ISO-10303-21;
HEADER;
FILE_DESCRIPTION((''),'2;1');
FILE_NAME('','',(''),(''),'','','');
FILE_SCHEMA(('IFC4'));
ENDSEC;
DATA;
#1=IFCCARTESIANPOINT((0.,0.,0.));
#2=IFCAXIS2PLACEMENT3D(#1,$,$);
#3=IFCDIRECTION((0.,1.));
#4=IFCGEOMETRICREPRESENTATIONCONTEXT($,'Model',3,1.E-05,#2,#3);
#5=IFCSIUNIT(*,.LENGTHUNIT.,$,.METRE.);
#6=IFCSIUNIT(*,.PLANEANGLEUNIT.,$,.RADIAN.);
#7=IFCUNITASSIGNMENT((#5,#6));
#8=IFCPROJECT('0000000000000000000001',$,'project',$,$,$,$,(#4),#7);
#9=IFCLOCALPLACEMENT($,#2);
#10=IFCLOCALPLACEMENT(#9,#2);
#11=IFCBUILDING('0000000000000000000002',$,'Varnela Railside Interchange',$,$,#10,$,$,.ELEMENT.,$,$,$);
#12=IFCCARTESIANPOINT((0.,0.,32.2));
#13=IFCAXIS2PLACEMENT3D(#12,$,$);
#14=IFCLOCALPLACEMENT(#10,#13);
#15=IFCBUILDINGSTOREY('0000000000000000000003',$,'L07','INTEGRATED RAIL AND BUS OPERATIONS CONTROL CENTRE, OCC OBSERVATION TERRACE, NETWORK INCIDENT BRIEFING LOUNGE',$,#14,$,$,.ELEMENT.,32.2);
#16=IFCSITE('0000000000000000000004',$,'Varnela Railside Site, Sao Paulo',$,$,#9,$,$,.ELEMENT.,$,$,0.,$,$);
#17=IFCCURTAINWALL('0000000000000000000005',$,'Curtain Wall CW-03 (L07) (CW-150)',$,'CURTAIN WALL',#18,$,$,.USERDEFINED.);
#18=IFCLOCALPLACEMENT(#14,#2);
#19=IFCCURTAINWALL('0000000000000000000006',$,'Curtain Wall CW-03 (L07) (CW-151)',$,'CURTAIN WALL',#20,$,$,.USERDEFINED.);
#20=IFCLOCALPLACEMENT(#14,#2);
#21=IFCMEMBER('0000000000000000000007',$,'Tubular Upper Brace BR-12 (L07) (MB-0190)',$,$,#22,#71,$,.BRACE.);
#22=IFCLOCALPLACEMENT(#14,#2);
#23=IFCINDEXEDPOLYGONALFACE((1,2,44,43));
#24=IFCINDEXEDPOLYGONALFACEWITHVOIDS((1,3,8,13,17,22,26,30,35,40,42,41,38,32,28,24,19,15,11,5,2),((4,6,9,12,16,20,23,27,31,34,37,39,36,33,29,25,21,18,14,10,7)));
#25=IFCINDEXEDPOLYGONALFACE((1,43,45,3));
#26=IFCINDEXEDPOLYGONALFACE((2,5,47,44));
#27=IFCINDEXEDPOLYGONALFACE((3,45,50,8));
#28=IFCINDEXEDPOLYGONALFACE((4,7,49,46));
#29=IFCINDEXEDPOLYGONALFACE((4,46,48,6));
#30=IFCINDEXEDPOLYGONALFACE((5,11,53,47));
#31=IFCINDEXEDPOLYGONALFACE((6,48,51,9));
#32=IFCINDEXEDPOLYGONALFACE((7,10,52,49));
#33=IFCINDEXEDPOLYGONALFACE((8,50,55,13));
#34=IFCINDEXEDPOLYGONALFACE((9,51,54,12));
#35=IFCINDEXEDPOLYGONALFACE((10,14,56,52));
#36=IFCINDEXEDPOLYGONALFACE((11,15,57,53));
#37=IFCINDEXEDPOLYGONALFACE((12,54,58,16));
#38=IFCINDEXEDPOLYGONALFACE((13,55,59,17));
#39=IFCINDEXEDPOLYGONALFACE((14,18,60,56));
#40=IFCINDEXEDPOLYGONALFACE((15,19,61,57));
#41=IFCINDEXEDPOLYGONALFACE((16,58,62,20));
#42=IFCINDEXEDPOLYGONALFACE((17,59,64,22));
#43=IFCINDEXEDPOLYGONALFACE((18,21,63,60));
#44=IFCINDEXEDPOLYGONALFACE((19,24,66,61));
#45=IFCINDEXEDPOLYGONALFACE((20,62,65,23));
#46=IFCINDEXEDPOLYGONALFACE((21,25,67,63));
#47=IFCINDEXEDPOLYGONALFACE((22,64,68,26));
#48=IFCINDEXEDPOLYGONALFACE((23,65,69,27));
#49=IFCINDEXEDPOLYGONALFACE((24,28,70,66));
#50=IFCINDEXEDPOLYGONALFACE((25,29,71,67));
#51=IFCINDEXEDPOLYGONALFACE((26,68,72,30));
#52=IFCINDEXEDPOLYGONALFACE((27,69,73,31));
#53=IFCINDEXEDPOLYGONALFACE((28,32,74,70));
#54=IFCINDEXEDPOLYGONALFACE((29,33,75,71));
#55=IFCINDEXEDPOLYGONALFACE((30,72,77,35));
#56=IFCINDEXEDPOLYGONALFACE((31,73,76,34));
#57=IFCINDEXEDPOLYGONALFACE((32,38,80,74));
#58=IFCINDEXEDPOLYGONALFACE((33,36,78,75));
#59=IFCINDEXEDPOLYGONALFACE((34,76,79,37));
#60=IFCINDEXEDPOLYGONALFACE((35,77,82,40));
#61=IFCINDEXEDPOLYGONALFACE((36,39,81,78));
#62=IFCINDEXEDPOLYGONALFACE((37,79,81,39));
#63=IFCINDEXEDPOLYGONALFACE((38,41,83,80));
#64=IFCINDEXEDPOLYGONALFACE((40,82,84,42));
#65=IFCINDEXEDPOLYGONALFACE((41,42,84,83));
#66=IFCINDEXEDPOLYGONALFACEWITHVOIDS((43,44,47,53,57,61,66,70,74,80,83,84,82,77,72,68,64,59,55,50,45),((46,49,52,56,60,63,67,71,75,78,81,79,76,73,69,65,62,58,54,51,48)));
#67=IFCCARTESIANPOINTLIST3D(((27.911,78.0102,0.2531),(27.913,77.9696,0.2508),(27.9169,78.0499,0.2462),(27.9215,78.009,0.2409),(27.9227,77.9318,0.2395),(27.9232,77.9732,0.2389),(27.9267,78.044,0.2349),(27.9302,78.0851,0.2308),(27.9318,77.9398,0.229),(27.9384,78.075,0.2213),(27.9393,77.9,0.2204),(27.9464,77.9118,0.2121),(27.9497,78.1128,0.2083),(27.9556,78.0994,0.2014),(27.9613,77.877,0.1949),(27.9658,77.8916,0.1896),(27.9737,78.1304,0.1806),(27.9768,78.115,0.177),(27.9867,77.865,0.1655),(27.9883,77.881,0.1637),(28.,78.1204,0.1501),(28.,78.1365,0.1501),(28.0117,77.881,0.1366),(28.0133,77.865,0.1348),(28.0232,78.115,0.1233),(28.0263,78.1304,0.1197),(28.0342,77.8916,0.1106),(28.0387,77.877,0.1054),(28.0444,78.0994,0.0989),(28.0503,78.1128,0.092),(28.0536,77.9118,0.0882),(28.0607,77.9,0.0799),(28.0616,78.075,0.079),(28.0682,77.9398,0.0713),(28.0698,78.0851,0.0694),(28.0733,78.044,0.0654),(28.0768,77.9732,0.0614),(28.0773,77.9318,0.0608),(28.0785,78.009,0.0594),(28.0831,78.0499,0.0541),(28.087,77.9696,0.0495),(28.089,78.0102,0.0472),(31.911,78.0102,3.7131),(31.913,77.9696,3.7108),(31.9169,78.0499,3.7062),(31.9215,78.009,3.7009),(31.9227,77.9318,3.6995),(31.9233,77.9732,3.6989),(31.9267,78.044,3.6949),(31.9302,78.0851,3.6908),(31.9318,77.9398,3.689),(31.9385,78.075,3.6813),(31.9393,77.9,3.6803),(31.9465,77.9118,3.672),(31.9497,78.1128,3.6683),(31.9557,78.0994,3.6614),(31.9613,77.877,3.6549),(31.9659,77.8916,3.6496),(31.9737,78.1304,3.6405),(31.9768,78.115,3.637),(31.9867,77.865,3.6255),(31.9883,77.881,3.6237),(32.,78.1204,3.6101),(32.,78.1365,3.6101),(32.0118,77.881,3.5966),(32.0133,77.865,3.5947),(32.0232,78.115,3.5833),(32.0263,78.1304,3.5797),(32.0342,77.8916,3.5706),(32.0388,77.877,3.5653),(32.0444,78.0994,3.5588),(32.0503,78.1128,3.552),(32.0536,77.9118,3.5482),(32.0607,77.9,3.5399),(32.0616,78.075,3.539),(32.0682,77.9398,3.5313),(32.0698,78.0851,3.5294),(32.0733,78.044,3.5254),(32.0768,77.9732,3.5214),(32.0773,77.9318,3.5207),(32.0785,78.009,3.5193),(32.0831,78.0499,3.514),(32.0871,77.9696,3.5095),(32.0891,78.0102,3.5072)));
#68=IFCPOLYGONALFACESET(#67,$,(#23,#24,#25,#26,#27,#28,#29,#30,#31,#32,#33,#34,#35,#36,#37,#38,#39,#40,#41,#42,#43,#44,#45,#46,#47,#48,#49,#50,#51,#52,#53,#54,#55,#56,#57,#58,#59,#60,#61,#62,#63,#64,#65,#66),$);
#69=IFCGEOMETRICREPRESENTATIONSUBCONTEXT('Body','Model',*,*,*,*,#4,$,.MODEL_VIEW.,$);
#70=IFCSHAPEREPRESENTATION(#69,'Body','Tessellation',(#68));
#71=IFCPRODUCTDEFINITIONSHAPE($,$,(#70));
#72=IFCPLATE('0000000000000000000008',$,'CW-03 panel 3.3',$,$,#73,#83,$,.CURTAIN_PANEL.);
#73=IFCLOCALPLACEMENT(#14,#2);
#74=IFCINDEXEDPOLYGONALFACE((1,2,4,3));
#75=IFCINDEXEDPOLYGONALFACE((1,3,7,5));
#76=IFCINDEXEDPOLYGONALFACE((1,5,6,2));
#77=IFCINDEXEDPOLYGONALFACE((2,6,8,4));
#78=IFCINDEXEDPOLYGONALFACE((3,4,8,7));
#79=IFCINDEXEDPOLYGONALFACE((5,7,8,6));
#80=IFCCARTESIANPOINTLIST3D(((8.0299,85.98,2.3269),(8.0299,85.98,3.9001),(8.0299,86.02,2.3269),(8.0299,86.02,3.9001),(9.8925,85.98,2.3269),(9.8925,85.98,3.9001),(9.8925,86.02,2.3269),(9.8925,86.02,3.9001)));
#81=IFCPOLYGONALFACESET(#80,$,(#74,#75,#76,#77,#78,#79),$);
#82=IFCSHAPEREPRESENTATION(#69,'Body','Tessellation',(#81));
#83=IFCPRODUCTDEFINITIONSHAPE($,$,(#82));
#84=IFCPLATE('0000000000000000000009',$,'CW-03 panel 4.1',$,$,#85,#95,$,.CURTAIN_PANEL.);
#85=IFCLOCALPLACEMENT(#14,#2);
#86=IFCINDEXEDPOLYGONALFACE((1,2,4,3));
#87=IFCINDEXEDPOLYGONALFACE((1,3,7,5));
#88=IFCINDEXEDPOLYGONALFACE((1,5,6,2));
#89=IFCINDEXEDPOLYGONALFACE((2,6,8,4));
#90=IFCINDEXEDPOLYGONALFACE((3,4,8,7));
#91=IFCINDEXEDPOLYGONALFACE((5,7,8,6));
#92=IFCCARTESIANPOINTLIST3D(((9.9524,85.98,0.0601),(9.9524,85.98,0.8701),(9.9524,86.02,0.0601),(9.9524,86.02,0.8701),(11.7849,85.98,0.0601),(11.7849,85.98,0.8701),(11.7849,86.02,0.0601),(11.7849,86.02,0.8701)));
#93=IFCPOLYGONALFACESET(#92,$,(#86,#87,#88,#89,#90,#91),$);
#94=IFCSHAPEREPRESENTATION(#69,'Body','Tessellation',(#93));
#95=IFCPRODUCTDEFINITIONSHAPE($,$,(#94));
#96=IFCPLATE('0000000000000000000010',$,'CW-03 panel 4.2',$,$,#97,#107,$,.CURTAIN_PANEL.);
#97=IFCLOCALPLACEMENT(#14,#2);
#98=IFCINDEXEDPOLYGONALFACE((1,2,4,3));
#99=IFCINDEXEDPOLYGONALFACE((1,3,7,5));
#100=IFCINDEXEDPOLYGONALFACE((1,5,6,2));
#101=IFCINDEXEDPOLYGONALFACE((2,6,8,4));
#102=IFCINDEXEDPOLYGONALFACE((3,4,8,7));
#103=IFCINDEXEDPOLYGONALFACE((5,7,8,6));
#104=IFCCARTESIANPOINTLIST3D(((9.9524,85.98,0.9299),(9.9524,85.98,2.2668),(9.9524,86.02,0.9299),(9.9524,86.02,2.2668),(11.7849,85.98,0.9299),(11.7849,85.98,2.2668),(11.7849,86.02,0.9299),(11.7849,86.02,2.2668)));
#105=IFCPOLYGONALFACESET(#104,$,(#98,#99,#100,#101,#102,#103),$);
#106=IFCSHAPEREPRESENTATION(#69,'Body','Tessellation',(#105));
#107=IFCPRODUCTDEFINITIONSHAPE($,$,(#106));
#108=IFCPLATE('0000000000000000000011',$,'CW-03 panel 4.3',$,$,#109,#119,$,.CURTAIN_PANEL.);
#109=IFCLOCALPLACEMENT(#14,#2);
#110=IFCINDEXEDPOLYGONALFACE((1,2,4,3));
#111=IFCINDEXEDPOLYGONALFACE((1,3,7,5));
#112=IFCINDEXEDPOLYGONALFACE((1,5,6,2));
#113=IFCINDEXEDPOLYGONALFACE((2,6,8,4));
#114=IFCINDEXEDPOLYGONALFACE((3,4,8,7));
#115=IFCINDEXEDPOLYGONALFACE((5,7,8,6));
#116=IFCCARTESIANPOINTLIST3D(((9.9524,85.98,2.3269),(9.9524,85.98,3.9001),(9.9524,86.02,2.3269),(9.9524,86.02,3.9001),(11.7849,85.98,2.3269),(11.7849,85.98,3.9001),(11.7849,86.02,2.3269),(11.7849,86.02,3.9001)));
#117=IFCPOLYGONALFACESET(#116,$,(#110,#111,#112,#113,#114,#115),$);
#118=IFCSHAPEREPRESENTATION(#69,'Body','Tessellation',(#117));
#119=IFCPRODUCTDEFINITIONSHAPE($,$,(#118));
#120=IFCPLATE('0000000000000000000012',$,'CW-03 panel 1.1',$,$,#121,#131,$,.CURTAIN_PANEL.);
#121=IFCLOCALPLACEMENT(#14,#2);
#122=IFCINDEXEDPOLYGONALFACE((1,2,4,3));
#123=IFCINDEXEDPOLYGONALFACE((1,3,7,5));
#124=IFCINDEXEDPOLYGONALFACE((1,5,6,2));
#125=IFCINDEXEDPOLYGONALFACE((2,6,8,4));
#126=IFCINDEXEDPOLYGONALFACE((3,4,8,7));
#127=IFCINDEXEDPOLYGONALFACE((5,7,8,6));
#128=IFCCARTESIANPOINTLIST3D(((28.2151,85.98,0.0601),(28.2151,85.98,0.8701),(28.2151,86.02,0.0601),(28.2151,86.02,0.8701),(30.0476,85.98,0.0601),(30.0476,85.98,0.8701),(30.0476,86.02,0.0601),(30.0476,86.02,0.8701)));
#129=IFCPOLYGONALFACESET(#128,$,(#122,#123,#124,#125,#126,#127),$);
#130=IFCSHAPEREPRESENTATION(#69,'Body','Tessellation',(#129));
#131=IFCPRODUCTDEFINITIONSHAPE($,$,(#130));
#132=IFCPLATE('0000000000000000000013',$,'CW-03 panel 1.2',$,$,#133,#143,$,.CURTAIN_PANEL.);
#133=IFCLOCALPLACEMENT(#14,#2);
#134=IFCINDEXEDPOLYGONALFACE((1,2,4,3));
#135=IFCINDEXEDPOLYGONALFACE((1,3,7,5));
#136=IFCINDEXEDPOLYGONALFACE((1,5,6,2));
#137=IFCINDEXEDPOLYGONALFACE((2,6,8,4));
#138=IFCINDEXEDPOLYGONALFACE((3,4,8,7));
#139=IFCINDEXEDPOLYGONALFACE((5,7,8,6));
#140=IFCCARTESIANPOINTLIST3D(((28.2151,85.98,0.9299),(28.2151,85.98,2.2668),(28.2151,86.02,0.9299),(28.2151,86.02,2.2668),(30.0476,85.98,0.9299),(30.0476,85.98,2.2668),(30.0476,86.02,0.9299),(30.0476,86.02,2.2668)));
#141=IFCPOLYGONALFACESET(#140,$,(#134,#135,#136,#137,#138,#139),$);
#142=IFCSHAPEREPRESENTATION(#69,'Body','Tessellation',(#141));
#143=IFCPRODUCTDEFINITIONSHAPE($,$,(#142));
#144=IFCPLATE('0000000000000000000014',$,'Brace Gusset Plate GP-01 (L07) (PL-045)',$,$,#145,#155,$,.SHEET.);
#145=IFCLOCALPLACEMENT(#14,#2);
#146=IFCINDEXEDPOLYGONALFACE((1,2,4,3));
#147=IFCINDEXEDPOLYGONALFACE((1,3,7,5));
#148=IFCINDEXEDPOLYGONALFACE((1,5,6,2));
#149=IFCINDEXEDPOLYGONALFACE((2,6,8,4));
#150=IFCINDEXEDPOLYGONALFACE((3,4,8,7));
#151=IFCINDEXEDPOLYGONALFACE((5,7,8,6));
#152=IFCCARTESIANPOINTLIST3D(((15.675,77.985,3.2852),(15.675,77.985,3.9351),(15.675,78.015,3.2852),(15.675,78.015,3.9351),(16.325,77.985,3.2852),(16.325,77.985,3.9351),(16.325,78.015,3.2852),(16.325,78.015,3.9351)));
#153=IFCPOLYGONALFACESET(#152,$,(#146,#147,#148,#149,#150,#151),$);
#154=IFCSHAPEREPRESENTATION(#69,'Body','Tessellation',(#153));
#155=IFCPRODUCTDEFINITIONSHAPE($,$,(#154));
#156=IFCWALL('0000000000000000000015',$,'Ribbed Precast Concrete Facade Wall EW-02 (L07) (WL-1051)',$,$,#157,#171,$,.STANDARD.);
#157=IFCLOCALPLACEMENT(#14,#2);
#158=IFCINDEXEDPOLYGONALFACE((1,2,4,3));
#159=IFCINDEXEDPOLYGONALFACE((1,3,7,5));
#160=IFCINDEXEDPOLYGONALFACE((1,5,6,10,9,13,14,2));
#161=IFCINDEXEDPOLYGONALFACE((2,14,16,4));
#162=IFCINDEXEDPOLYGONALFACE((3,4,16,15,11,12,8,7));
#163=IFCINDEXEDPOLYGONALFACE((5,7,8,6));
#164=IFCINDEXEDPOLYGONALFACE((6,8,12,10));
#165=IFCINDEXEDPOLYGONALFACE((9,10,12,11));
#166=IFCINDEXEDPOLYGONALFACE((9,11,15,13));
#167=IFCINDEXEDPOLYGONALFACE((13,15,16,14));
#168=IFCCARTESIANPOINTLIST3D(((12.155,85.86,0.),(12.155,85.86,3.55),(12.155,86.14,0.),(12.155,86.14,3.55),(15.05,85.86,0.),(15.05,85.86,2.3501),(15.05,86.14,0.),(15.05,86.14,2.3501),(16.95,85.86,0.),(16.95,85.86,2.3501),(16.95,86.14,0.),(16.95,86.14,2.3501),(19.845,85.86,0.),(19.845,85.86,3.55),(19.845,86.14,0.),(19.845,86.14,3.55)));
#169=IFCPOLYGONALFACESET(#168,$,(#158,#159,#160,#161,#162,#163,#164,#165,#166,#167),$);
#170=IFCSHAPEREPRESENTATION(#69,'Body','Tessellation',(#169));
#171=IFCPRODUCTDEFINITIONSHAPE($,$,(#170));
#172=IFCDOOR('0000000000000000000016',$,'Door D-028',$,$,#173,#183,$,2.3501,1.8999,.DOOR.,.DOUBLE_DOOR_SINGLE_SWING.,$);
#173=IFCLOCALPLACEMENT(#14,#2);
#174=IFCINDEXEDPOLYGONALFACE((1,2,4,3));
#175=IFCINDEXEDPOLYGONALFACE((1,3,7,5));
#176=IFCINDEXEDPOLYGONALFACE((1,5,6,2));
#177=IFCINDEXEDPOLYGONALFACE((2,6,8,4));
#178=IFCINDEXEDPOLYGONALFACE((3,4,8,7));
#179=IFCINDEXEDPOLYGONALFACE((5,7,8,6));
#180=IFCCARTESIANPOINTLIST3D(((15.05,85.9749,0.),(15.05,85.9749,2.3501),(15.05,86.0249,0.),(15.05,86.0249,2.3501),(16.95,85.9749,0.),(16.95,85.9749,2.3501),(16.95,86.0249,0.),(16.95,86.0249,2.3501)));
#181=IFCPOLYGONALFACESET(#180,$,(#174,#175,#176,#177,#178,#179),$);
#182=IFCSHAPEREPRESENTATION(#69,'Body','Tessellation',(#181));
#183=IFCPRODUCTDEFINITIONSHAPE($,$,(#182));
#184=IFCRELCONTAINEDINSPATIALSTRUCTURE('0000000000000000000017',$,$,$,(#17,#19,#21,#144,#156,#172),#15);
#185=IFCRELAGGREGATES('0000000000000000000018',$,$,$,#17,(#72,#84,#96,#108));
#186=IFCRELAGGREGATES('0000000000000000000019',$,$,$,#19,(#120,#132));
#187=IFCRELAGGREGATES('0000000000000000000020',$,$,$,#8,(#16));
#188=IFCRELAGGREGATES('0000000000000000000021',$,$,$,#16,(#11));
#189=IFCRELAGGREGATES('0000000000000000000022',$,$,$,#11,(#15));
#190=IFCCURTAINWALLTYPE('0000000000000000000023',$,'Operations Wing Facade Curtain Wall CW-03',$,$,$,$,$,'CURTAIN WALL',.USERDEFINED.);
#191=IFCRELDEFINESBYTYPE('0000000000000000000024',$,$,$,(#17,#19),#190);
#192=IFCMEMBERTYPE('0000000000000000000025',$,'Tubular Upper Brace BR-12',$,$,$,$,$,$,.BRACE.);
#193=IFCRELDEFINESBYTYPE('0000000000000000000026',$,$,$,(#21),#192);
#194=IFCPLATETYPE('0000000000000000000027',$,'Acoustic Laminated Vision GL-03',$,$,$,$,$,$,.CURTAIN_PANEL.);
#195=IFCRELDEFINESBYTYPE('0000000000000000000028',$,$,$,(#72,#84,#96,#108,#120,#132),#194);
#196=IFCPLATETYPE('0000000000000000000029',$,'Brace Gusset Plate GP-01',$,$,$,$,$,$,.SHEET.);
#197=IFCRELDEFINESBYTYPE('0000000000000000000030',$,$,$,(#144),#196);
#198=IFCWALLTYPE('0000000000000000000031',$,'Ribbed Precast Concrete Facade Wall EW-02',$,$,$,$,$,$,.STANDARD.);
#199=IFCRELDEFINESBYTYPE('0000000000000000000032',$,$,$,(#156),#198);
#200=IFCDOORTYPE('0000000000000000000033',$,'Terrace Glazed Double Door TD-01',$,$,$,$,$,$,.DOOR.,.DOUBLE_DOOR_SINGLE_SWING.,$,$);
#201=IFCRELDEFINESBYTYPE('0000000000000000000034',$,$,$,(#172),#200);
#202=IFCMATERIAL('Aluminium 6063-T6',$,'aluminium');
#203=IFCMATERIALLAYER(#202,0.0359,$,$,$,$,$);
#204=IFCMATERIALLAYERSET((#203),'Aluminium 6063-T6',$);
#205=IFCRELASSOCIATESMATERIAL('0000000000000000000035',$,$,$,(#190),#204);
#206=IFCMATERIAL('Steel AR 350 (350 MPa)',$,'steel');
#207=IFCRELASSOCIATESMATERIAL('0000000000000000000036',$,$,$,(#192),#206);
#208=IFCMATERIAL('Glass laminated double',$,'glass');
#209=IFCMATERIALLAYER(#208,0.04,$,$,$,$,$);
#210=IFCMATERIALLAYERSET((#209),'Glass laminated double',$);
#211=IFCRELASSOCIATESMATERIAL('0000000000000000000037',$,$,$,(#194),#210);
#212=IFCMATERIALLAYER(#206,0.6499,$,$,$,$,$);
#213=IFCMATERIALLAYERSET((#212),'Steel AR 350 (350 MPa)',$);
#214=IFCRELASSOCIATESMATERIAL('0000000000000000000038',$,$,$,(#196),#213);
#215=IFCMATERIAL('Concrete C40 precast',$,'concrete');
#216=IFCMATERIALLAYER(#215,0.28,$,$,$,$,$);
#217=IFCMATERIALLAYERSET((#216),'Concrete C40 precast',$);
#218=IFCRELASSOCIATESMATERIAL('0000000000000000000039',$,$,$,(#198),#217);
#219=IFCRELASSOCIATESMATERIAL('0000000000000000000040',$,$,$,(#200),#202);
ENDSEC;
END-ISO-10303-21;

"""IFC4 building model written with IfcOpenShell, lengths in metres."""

from ifc_helpers import new_model, si_unit, direction, frame, frame_2d, origin, origin_2d, place, context, subcontext, project, spatial, rectangle, hollow_circle, extrude, material, layer, layer_set, material_profile, profile_set, type_object, element, fill, aggregate, save


model = new_model("IFC4")

# Units and contexts
model_context = context("Model", 3, precision=1e-05, world=origin(), true_north=direction((0.0, 1.0)))
body_context = subcontext(model_context, "Body", "Model", "MODEL_VIEW")
ifc_project = project(units=[si_unit("LENGTHUNIT", "METRE"), si_unit("PLANEANGLEUNIT", "RADIAN")], contexts=[model_context])

# Site, building, storey
site_placement = place(None, origin())
site = spatial("IfcSite", under=ifc_project, at=site_placement, Name="Varnela Railside Site, Sao Paulo", CompositionType="ELEMENT", RefElevation=0.0)
building_placement = place(site_placement, origin())
building = spatial("IfcBuilding", under=site, at=building_placement, Name="Varnela Railside Interchange", CompositionType="ELEMENT")
storey_placement = place(building_placement, frame((0.0, 0.0, 32.2)))
storey = spatial("IfcBuildingStorey", under=building, at=storey_placement, Name="L07", Description="INTEGRATED RAIL AND BUS OPERATIONS CONTROL CENTRE, OCC OBSERVATION TERRACE, NETWORK INCIDENT BRIEFING LOUNGE", CompositionType="ELEMENT", Elevation=32.2)

# Shared definitions
ifc_material_1 = material(Name="Steel AR 350 (350 MPa)", Category="steel")

# Curtain wall
ifc_material_2 = material(Name="Aluminium 6063-T6", Category="aluminium")
ifc_layer_1 = layer(ifc_material_2, 0.0359)
ifc_layer_set_1 = layer_set([ifc_layer_1], Name="Aluminium 6063-T6")
curtain_wall_type = type_object("IfcCurtainWallType", Name="Operations Wing Facade Curtain Wall CW-03", ElementType="CURTAIN WALL", PredefinedType="USERDEFINED", material=ifc_layer_set_1)
curtain_wall_1_placement = place(storey_placement, origin())
curtain_wall_1 = element("IfcCurtainWall", 1, at=curtain_wall_1_placement, inside=storey, type_object=curtain_wall_type, Name="Curtain Wall CW-03 (L07) (CW-150)", ObjectType="CURTAIN WALL", PredefinedType="USERDEFINED")

# Curtain wall
curtain_wall_2_placement = place(storey_placement, origin())
curtain_wall_2 = element("IfcCurtainWall", 2, at=curtain_wall_2_placement, inside=storey, type_object=curtain_wall_type, Name="Curtain Wall CW-03 (L07) (CW-151)", ObjectType="CURTAIN WALL", PredefinedType="USERDEFINED")

# Member
ifc_material_profile_1 = material_profile(ifc_material_1, hollow_circle(Radius=0.1365, WallThickness=0.0161, at=origin_2d()), Name="CHS 273x16")
ifc_profile_set_1 = profile_set([ifc_material_profile_1], Name="Steel AR 350 (350 MPa)")
member_type_1 = type_object("IfcMemberType", Name="Tubular Upper Brace BR-12", PredefinedType="BRACE", material=ifc_profile_set_1)
member_1_placement = place(storey_placement, frame((28.0, 78.0, 0.1501), z_axis=(0.756316, 0.0, 0.654206), x_axis=(0.0, 1.0, 0.0)))
element("IfcMember", 3, at=member_1_placement, inside=storey, type_object=member_type_1, Name="Tubular Upper Brace BR-12 (L07) (MB-0190)", PredefinedType="BRACE", context=body_context, shape_type="SweptSolid", body=[
    extrude(hollow_circle(Radius=0.1365, WallThickness=0.0161, at=origin_2d()), origin(), (0.0, 0.0, 1.0), 5.2888),
])

# Plates
ifc_material_3 = material(Name="Glass laminated double", Category="glass")
ifc_layer_2 = layer(ifc_material_3, 0.04)
ifc_layer_set_2 = layer_set([ifc_layer_2], Name="Glass laminated double")
plate_type_1 = type_object("IfcPlateType", Name="Acoustic Laminated Vision GL-03", PredefinedType="CURTAIN_PANEL", material=ifc_layer_set_2)
plate_1_placement = place(storey_placement, frame((8.9612, 86.0, 2.3269), z_axis=(0.0, 0.0, 1.0), x_axis=(1.0, 0.0, 0.0)))
plate_1 = element("IfcPlate", 4, at=plate_1_placement, type_object=plate_type_1, Name="CW-03 panel 3.3", PredefinedType="CURTAIN_PANEL", context=body_context, shape_type="SweptSolid", body=[
    extrude(rectangle(XDim=1.8625, YDim=0.04, at=origin_2d()), origin(), (0.0, 0.0, 1.0), 1.5732),
])
plate_2_placement = place(storey_placement, frame((10.8687, 86.0, 0.0601), z_axis=(0.0, 0.0, 1.0), x_axis=(1.0, 0.0, 0.0)))
plate_2 = element("IfcPlate", 5, at=plate_2_placement, type_object=plate_type_1, Name="CW-03 panel 4.1", PredefinedType="CURTAIN_PANEL", context=body_context, shape_type="SweptSolid", body=[
    extrude(rectangle(XDim=1.8325, YDim=0.04, at=origin_2d()), origin(), (0.0, 0.0, 1.0), 0.8101),
])
plate_3_placement = place(storey_placement, frame((10.8687, 86.0, 0.9299), z_axis=(0.0, 0.0, 1.0), x_axis=(1.0, 0.0, 0.0)))
plate_3 = element("IfcPlate", 6, at=plate_3_placement, type_object=plate_type_1, Name="CW-03 panel 4.2", PredefinedType="CURTAIN_PANEL", context=body_context, shape_type="SweptSolid", body=[
    extrude(rectangle(XDim=1.8325, YDim=0.04, at=origin_2d()), origin(), (0.0, 0.0, 1.0), 1.3369),
])
plate_4_placement = place(storey_placement, frame((10.8687, 86.0, 2.3269), z_axis=(0.0, 0.0, 1.0), x_axis=(1.0, 0.0, 0.0)))
plate_4 = element("IfcPlate", 7, at=plate_4_placement, type_object=plate_type_1, Name="CW-03 panel 4.3", PredefinedType="CURTAIN_PANEL", context=body_context, shape_type="SweptSolid", body=[
    extrude(rectangle(XDim=1.8325, YDim=0.04, at=origin_2d()), origin(), (0.0, 0.0, 1.0), 1.5732),
])
aggregate(curtain_wall_1, [plate_1, plate_2, plate_3, plate_4])
plate_5_placement = place(storey_placement, frame((29.1313, 86.0, 0.0601), z_axis=(0.0, 0.0, 1.0), x_axis=(1.0, 0.0, 0.0)))
plate_5 = element("IfcPlate", 8, at=plate_5_placement, type_object=plate_type_1, Name="CW-03 panel 1.1", PredefinedType="CURTAIN_PANEL", context=body_context, shape_type="SweptSolid", body=[
    extrude(rectangle(XDim=1.8325, YDim=0.04, at=origin_2d()), origin(), (0.0, 0.0, 1.0), 0.8101),
])
plate_6_placement = place(storey_placement, frame((29.1313, 86.0, 0.9299), z_axis=(0.0, 0.0, 1.0), x_axis=(1.0, 0.0, 0.0)))
plate_6 = element("IfcPlate", 9, at=plate_6_placement, type_object=plate_type_1, Name="CW-03 panel 1.2", PredefinedType="CURTAIN_PANEL", context=body_context, shape_type="SweptSolid", body=[
    extrude(rectangle(XDim=1.8325, YDim=0.04, at=origin_2d()), origin(), (0.0, 0.0, 1.0), 1.3369),
])
aggregate(curtain_wall_2, [plate_5, plate_6])
ifc_layer_3 = layer(ifc_material_1, 0.6499)
ifc_layer_set_3 = layer_set([ifc_layer_3], Name="Steel AR 350 (350 MPa)")
plate_type_2 = type_object("IfcPlateType", Name="Brace Gusset Plate GP-01", PredefinedType="SHEET", material=ifc_layer_set_3)
plate_7_placement = place(storey_placement, frame((16.0, 78.0, 3.2852), z_axis=(0.0, 0.0, 1.0), x_axis=(1.0, 0.0, 0.0)))
element("IfcPlate", 10, at=plate_7_placement, inside=storey, type_object=plate_type_2, Name="Brace Gusset Plate GP-01 (L07) (PL-045)", PredefinedType="SHEET", context=body_context, shape_type="SweptSolid", body=[
    extrude(rectangle(XDim=0.6499, YDim=0.03, at=origin_2d()), origin(), (0.0, 0.0, 1.0), 0.6499),
])

# Wall, opening, door
ifc_material_4 = material(Name="Concrete C40 precast", Category="concrete")
ifc_layer_4 = layer(ifc_material_4, 0.28)
ifc_layer_set_4 = layer_set([ifc_layer_4], Name="Concrete C40 precast")
wall_type = type_object("IfcWallType", Name="Ribbed Precast Concrete Facade Wall EW-02", PredefinedType="STANDARD", material=ifc_layer_set_4)
wall_1_placement = place(storey_placement, frame((12.155, 86.0, 0.0), z_axis=(0.0, 0.0, 1.0), x_axis=(1.0, 0.0, 0.0)))
wall_1 = element("IfcWall", 11, at=wall_1_placement, inside=storey, type_object=wall_type, Name="Ribbed Precast Concrete Facade Wall EW-02 (L07) (WL-1051)", PredefinedType="STANDARD", context=body_context, shape_type="SweptSolid", body=[
    extrude(rectangle(XDim=7.6899, YDim=0.28, at=frame_2d((3.845, 0.0))), origin(), (0.0, 0.0, 1.0), 3.55),
])
opening_1_placement = place(wall_1_placement, frame((2.895, 0.0, 0.0)))
opening_1 = element("IfcOpeningElement", 12, at=opening_1_placement, cuts=wall_1, PredefinedType="OPENING", context=body_context, shape_type="SweptSolid", body=[
    extrude(rectangle(XDim=1.8999, YDim=2.3501, at=frame_2d((0.95, 1.175))), frame((0.0, 0.1499, 0.0), z_axis=(0.0, -1.0, 0.0), x_axis=(1.0, 0.0, 0.0)), (0.0, 0.0, 1.0), 0.3),
])
door_type_1 = type_object("IfcDoorType", Name="Terrace Glazed Double Door TD-01", OperationType="DOUBLE_DOOR_SINGLE_SWING", PredefinedType="DOOR", material=ifc_material_2)
door_1_placement = place(opening_1_placement, origin())
door_1 = element("IfcDoor", 13, at=door_1_placement, inside=storey, type_object=door_type_1, Name="Door D-028", OperationType="DOUBLE_DOOR_SINGLE_SWING", OverallHeight=2.3501, OverallWidth=1.8999, PredefinedType="DOOR", context=body_context, shape_type="SweptSolid", body=[
    extrude(rectangle(XDim=1.8999, YDim=2.3501, at=frame_2d((0.95, 1.175))), frame((0.0, 0.0249, 0.0), z_axis=(0.0, -1.0, 0.0), x_axis=(1.0, 0.0, 0.0)), (0.0, 0.0, 1.0), 0.05),
])
fill(opening_1, door_1)

save(model, "model.ifc")
